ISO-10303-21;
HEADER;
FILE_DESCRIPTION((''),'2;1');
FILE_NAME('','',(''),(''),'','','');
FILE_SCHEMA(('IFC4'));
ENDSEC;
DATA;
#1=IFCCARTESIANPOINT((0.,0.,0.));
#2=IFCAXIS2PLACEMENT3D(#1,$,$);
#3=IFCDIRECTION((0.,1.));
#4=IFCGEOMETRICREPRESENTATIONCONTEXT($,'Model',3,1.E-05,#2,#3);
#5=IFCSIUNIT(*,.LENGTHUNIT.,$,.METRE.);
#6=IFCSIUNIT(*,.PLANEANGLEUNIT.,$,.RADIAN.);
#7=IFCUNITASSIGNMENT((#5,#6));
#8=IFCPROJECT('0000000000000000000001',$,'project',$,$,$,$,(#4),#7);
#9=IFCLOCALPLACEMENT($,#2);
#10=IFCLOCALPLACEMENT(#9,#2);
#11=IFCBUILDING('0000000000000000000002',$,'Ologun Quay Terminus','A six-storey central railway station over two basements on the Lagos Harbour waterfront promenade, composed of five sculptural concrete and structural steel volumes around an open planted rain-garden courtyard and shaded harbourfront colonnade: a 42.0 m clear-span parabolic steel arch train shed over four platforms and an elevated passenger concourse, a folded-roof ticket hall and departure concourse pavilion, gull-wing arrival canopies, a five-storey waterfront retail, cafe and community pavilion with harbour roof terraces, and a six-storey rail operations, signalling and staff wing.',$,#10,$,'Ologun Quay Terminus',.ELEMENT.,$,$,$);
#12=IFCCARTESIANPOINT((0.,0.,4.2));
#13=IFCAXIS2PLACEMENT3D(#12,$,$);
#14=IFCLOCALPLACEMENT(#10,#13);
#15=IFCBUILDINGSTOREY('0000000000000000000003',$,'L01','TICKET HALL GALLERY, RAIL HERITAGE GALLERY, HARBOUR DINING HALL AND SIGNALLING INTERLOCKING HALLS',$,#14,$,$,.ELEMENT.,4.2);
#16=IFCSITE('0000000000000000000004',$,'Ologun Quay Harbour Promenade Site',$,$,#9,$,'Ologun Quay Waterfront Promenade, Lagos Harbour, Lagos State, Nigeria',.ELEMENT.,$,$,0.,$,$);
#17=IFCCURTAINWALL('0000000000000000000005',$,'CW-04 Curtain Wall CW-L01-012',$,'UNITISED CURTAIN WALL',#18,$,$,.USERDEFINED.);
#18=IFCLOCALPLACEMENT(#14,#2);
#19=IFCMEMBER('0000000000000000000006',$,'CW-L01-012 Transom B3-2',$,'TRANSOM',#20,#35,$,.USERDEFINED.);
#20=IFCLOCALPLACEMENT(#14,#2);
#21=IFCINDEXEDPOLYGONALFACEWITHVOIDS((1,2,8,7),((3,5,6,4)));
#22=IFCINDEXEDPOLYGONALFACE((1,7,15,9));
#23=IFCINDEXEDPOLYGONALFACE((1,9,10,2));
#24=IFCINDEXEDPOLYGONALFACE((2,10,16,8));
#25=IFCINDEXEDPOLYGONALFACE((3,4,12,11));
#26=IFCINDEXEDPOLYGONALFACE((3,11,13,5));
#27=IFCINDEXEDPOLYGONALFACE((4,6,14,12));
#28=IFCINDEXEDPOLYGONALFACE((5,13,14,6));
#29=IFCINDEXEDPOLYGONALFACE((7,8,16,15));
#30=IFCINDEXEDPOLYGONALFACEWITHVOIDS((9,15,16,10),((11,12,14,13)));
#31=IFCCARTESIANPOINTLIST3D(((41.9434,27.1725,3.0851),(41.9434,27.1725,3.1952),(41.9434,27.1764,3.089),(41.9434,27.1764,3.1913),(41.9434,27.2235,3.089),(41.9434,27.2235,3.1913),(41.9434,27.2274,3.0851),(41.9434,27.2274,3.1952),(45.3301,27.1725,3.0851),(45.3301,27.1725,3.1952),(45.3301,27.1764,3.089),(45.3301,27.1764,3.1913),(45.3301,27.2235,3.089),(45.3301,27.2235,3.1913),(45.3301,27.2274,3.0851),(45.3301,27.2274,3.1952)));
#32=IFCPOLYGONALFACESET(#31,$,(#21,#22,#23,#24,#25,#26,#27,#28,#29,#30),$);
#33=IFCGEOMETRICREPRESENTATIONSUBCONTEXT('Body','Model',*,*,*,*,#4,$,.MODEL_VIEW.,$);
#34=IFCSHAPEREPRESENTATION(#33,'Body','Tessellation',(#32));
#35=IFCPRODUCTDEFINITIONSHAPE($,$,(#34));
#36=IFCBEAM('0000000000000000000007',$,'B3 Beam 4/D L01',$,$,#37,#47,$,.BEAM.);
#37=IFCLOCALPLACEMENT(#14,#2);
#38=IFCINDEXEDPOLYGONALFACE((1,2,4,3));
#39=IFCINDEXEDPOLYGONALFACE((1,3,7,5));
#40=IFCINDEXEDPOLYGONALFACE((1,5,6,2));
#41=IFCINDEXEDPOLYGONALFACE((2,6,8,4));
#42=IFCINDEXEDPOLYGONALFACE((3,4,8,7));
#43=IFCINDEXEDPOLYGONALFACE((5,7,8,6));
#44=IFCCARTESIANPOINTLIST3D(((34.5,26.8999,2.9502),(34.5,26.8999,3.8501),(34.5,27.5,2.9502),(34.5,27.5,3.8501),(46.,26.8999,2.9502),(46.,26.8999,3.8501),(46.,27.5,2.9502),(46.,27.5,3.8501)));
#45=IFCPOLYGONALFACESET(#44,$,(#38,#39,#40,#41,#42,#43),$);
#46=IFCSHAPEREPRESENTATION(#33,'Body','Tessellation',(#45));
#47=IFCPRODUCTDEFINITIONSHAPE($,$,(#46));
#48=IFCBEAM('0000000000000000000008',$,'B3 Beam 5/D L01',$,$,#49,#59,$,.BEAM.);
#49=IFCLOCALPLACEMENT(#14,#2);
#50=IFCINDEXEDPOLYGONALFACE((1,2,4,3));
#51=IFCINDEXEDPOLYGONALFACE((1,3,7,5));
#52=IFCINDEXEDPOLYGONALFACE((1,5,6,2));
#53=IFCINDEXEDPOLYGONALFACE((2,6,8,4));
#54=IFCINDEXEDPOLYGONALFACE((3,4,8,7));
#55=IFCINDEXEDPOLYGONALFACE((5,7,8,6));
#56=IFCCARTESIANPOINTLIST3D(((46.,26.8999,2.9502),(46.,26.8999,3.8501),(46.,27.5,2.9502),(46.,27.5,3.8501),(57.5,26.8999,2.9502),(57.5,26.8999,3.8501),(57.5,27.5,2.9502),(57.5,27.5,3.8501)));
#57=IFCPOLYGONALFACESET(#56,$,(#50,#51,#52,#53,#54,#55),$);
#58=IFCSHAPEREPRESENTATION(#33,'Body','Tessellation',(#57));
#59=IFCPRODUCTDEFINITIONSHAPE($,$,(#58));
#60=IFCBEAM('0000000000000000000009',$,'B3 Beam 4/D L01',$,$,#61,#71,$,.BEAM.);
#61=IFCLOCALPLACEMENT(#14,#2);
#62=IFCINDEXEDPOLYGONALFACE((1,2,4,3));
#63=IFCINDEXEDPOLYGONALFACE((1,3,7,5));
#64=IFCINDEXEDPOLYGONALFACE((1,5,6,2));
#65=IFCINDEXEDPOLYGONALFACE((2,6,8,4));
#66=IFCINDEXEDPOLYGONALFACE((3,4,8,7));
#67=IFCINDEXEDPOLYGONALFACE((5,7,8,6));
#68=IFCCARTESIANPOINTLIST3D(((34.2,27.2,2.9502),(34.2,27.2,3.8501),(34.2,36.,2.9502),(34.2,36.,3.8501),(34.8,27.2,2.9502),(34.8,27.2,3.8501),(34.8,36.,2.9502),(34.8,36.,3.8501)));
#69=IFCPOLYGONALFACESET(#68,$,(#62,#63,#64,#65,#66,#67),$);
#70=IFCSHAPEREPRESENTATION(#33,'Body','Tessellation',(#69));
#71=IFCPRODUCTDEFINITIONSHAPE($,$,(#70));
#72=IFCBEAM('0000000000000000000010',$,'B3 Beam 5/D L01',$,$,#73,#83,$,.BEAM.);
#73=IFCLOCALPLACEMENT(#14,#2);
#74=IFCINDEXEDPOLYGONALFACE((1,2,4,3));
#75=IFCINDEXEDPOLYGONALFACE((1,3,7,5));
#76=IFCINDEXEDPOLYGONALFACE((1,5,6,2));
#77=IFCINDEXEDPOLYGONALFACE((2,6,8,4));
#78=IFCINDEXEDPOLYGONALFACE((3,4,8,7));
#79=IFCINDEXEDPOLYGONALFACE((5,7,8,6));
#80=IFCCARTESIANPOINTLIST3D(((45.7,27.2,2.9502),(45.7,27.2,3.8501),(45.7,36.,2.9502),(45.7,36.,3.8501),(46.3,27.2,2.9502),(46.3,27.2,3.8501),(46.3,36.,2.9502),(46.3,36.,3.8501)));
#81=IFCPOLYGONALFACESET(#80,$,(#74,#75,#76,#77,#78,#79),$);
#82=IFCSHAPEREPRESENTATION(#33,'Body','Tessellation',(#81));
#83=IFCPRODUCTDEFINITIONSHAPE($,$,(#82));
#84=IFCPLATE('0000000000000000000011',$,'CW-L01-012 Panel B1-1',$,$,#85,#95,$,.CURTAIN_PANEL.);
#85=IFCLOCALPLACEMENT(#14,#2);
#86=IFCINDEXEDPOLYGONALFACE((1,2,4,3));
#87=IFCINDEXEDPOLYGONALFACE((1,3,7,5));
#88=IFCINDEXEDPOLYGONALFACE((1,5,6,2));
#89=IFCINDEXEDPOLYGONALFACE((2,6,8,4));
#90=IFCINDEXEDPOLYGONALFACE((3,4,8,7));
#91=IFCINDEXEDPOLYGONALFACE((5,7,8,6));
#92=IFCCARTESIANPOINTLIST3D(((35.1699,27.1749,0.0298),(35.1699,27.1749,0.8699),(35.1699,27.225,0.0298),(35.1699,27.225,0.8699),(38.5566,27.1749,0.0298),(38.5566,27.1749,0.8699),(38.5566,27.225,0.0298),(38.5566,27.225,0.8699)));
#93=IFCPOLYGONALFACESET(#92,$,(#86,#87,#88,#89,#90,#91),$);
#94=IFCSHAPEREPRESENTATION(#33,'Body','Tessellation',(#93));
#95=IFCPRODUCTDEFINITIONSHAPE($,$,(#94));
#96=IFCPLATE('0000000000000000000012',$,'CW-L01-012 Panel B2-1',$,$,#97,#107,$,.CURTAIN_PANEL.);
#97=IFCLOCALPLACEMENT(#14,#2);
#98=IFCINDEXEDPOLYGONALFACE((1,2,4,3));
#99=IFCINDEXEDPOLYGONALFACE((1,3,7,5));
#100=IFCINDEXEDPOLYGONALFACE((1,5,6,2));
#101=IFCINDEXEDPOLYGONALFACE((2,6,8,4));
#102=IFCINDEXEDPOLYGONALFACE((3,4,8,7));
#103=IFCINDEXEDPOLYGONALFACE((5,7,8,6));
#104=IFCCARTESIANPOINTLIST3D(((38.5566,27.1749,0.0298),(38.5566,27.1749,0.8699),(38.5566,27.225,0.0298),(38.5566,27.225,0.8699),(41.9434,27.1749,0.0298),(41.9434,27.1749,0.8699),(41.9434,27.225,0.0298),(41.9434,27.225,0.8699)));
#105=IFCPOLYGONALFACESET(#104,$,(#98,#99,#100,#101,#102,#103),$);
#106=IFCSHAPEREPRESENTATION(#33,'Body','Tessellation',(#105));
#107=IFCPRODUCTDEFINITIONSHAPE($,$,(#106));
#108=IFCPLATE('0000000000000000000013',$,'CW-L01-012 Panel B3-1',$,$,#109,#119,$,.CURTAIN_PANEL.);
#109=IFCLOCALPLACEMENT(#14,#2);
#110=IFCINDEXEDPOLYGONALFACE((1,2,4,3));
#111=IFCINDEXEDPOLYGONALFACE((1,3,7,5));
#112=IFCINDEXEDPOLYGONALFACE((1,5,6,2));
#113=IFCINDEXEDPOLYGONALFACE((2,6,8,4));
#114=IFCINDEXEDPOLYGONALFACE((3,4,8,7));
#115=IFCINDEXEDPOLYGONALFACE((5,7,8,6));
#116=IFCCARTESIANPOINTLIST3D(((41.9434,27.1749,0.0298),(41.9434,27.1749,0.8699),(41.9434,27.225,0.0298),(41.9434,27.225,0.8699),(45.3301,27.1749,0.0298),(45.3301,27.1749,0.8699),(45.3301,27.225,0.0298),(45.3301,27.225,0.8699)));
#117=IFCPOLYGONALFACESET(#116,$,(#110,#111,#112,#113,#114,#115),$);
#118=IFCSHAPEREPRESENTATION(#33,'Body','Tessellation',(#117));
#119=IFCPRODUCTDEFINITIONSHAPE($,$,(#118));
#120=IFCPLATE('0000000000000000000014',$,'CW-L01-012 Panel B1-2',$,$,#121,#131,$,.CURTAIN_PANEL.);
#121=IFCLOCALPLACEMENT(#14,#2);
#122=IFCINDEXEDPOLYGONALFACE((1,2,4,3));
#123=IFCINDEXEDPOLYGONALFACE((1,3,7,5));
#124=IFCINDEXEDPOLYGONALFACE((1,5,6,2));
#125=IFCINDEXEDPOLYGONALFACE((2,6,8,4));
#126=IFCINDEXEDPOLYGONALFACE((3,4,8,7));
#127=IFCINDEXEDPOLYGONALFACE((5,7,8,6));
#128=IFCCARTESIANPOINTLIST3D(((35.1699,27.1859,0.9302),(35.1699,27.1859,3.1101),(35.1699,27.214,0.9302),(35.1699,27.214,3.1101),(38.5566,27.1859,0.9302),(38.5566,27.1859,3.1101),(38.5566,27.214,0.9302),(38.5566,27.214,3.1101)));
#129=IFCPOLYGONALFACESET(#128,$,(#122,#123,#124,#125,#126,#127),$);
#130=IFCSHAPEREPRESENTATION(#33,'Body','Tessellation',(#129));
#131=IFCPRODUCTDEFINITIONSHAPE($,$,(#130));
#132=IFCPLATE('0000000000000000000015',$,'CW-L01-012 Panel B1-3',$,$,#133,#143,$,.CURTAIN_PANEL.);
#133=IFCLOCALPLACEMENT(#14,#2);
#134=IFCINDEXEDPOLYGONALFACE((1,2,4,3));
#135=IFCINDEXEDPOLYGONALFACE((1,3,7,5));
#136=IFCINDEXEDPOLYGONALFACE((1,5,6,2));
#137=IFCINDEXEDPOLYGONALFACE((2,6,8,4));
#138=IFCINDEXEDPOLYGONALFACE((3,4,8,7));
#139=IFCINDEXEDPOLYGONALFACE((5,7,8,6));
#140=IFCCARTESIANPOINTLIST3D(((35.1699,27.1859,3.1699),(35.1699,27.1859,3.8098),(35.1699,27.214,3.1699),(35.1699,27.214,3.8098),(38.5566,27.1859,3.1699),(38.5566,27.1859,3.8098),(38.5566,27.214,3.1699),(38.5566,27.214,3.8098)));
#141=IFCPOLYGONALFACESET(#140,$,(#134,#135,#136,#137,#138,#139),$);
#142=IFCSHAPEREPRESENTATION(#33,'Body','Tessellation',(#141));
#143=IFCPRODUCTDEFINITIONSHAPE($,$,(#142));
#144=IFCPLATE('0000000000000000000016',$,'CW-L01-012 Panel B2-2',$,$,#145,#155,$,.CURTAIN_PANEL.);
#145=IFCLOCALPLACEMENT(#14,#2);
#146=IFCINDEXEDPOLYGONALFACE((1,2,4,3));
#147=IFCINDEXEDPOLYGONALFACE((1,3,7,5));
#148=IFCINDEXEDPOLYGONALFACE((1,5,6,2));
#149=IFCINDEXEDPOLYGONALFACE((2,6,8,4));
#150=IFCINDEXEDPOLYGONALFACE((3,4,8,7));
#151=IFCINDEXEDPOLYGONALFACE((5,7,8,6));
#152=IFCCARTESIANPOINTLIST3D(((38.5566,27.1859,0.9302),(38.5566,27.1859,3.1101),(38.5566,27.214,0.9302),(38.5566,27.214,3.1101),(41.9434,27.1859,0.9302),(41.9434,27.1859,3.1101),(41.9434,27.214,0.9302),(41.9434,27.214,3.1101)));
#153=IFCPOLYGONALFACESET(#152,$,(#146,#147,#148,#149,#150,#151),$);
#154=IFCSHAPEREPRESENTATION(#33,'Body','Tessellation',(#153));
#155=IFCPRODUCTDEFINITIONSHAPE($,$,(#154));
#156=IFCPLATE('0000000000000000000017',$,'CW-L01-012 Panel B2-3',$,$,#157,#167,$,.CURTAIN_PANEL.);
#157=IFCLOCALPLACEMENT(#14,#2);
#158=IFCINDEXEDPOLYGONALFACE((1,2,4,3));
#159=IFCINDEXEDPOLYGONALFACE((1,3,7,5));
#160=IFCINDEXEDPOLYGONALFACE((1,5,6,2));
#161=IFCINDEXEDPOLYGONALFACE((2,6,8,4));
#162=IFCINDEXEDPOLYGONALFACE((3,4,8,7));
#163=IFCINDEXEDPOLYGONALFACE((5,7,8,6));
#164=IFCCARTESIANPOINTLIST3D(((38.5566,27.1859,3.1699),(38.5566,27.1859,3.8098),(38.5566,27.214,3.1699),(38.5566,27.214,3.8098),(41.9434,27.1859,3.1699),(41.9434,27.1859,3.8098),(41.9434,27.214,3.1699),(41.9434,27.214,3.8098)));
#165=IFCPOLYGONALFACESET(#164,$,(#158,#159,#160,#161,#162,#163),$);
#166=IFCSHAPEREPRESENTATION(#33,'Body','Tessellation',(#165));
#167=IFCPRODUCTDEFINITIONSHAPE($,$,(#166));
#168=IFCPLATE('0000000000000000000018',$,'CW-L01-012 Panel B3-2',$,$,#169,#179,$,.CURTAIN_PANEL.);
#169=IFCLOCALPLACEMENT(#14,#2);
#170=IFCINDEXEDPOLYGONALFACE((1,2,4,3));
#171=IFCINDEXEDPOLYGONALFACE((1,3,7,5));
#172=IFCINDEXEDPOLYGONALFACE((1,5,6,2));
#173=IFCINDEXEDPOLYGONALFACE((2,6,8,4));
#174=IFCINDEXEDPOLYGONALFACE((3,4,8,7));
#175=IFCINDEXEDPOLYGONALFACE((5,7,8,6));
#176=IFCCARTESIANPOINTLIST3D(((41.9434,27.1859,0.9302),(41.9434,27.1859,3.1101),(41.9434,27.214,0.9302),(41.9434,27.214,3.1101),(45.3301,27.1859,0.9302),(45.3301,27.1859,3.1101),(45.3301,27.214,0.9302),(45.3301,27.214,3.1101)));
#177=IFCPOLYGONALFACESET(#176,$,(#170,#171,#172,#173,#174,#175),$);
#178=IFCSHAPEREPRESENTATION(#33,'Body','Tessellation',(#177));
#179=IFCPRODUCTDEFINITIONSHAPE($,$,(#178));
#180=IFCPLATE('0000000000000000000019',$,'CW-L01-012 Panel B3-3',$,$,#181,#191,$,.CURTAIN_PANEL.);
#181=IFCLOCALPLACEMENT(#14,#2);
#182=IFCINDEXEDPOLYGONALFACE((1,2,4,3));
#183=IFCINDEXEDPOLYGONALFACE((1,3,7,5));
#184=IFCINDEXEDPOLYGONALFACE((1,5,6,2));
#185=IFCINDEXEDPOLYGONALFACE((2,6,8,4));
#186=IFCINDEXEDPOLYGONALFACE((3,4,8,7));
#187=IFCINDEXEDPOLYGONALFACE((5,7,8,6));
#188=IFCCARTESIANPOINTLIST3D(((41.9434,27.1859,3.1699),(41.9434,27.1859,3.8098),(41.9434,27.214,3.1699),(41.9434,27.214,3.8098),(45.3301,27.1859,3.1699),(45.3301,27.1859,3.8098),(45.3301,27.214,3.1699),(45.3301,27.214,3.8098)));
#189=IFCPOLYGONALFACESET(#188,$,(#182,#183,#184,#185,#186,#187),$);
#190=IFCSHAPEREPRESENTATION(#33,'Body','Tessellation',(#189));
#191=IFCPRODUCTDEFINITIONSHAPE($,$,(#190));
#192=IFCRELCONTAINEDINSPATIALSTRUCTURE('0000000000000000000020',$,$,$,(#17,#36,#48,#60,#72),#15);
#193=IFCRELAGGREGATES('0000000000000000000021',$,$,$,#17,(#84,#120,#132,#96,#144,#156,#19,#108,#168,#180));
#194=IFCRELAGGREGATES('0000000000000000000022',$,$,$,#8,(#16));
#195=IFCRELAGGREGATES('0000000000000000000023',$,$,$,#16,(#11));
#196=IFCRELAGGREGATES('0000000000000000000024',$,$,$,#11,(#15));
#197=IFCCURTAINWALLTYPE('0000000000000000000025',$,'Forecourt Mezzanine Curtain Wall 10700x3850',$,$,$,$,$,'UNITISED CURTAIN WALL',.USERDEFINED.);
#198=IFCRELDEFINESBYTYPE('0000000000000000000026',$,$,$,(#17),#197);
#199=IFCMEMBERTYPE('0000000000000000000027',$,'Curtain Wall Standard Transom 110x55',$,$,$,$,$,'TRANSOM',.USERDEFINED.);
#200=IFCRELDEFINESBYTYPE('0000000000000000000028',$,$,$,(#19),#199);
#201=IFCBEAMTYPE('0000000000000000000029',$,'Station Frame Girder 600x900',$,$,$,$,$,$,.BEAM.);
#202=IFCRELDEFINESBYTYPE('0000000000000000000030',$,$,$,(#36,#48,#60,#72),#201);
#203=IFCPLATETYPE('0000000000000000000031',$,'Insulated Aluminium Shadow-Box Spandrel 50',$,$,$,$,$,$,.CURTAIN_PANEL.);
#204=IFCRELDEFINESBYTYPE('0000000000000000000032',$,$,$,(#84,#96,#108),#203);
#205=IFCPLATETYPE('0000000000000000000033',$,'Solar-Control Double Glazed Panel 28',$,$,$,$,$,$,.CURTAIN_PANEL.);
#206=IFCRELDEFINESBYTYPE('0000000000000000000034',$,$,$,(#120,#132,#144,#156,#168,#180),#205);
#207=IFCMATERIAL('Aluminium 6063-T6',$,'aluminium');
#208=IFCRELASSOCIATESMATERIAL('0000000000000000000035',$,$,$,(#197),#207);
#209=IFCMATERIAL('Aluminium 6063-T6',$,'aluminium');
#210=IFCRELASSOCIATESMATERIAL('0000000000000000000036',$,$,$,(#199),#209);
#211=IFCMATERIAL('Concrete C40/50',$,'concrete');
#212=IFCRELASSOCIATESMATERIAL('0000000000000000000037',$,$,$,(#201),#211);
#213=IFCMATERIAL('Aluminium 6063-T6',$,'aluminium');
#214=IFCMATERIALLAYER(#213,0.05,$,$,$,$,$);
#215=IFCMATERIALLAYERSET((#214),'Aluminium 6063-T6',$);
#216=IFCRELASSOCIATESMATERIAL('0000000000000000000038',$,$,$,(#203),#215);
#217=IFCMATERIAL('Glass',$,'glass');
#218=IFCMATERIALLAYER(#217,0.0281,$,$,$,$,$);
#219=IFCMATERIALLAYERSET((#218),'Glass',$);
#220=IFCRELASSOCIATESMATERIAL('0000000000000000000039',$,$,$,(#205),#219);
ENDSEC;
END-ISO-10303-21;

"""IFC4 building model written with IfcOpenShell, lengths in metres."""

from ifc_helpers import new_model, si_unit, direction, frame, origin, origin_2d, place, context, subcontext, project, spatial, rectangle, hollow_rectangle, extrude, material, layer, layer_set, material_profile, profile_set, type_object, element, aggregate, save


model = new_model("IFC4")

# Units and contexts
model_context = context("Model", 3, precision=1e-05, world=origin(), true_north=direction((0.0, 1.0)))
body_context = subcontext(model_context, "Body", "Model", "MODEL_VIEW")
ifc_project = project(units=[si_unit("LENGTHUNIT", "METRE"), si_unit("PLANEANGLEUNIT", "RADIAN")], contexts=[model_context])

# Site, building, storey
site_placement = place(None, origin())
site = spatial("IfcSite", under=ifc_project, at=site_placement, Name="Ologun Quay Harbour Promenade Site", LongName="Ologun Quay Waterfront Promenade, Lagos Harbour, Lagos State, Nigeria", CompositionType="ELEMENT", RefElevation=0.0)
building_placement = place(site_placement, origin())
building = spatial("IfcBuilding", under=site, at=building_placement, Name="Ologun Quay Terminus", Description="A six-storey central railway station over two basements on the Lagos Harbour waterfront promenade, composed of five sculptural concrete and structural steel volumes around an open planted rain-garden courtyard and shaded harbourfront colonnade: a 42.0 m clear-span parabolic steel arch train shed over four platforms and an elevated passenger concourse, a folded-roof ticket hall and departure concourse pavilion, gull-wing arrival canopies, a five-storey waterfront retail, cafe and community pavilion with harbour roof terraces, and a six-storey rail operations, signalling and staff wing.", LongName="Ologun Quay Terminus", CompositionType="ELEMENT")
storey_placement = place(building_placement, frame((0.0, 0.0, 4.2)))
storey = spatial("IfcBuildingStorey", under=building, at=storey_placement, Name="L01", Description="TICKET HALL GALLERY, RAIL HERITAGE GALLERY, HARBOUR DINING HALL AND SIGNALLING INTERLOCKING HALLS", CompositionType="ELEMENT", Elevation=4.2)

# Curtain wall, member
ifc_material_1 = material(Name="Aluminium 6063-T6", Category="aluminium")
curtain_wall_type = type_object("IfcCurtainWallType", Name="Forecourt Mezzanine Curtain Wall 10700x3850", ElementType="UNITISED CURTAIN WALL", PredefinedType="USERDEFINED", material=ifc_material_1)
curtain_wall_placement = place(storey_placement, origin())
curtain_wall = element("IfcCurtainWall", 1, at=curtain_wall_placement, inside=storey, type_object=curtain_wall_type, Name="CW-04 Curtain Wall CW-L01-012", ObjectType="UNITISED CURTAIN WALL", PredefinedType="USERDEFINED")
ifc_material_2 = material(Name="Aluminium 6063-T6", Category="aluminium")
ifc_material_profile_1 = material_profile(ifc_material_2, hollow_rectangle(XDim=0.0549, YDim=0.1101, WallThickness=0.0039, at=origin_2d()), Name="ALU 110x55x4")
ifc_profile_set_1 = profile_set([ifc_material_profile_1], Name="Aluminium 6063-T6")
member_type_1 = type_object("IfcMemberType", Name="Curtain Wall Standard Transom 110x55", ElementType="TRANSOM", PredefinedType="USERDEFINED", material=ifc_profile_set_1)
member_1_placement = place(storey_placement, frame((41.9434, 27.2, 3.1401), z_axis=(1.0, 0.0, 0.0), x_axis=(0.0, 1.0, 0.0)))
member_1 = element("IfcMember", 2, at=member_1_placement, type_object=member_type_1, Name="CW-L01-012 Transom B3-2", ObjectType="TRANSOM", PredefinedType="USERDEFINED", context=body_context, shape_type="SweptSolid", body=[
    extrude(hollow_rectangle(XDim=0.0549, YDim=0.1101, WallThickness=0.0039, at=origin_2d()), origin(), (0.0, 0.0, 1.0), 3.3867),
])

# Beams
ifc_material_3 = material(Name="Concrete C40/50", Category="concrete")
ifc_material_profile_2 = material_profile(ifc_material_3, rectangle(XDim=0.6001, YDim=0.8999, at=origin_2d()), Name="RC 600x900")
ifc_profile_set_2 = profile_set([ifc_material_profile_2], Name="Concrete C40/50")
beam_type = type_object("IfcBeamType", Name="Station Frame Girder 600x900", PredefinedType="BEAM", material=ifc_profile_set_2)
for number, where, z_axis, x_axis, name in (
    (3, (34.5, 27.2, 3.4001), (1.0, 0.0, 0.0), (0.0, 1.0, 0.0), "B3 Beam 4/D L01"),
    (4, (46.0, 27.2, 3.4001), (1.0, 0.0, 0.0), (0.0, 1.0, 0.0), "B3 Beam 5/D L01"),
):
    element("IfcBeam", number, at=place(storey_placement, frame(where, z_axis=z_axis, x_axis=x_axis)), inside=storey, type_object=beam_type, Name=name, PredefinedType="BEAM", context=body_context, shape_type="SweptSolid", body=[
        extrude(rectangle(XDim=0.6001, YDim=0.8999, at=origin_2d()), origin(), (0.0, 0.0, 1.0), 11.5),
    ])
for number, where, z_axis, x_axis, name in (
    (5, (34.5, 27.2, 3.4001), (0.0, 1.0, 0.0), (-1.0, 0.0, 0.0), "B3 Beam 4/D L01"),
    (6, (46.0, 27.2, 3.4001), (0.0, 1.0, 0.0), (-1.0, 0.0, 0.0), "B3 Beam 5/D L01"),
):
    element("IfcBeam", number, at=place(storey_placement, frame(where, z_axis=z_axis, x_axis=x_axis)), inside=storey, type_object=beam_type, Name=name, PredefinedType="BEAM", context=body_context, shape_type="SweptSolid", body=[
        extrude(rectangle(XDim=0.6001, YDim=0.8999, at=origin_2d()), origin(), (0.0, 0.0, 1.0), 8.8),
    ])

# Plates
ifc_material_4 = material(Name="Aluminium 6063-T6", Category="aluminium")
ifc_layer_1 = layer(ifc_material_4, 0.05)
ifc_layer_set_1 = layer_set([ifc_layer_1], Name="Aluminium 6063-T6")
plate_type_1 = type_object("IfcPlateType", Name="Insulated Aluminium Shadow-Box Spandrel 50", PredefinedType="CURTAIN_PANEL", material=ifc_layer_set_1)
plate_1_placement = place(storey_placement, frame((36.8633, 27.2, 0.0298), z_axis=(0.0, 0.0, 1.0), x_axis=(1.0, 0.0, 0.0)))
plate_1 = element("IfcPlate", 7, at=plate_1_placement, type_object=plate_type_1, Name="CW-L01-012 Panel B1-1", PredefinedType="CURTAIN_PANEL", context=body_context, shape_type="SweptSolid", body=[
    extrude(rectangle(XDim=3.3867, YDim=0.05, at=origin_2d()), origin(), (0.0, 0.0, 1.0), 0.8401),
])
plate_2_placement = place(storey_placement, frame((40.25, 27.2, 0.0298), z_axis=(0.0, 0.0, 1.0), x_axis=(1.0, 0.0, 0.0)))
plate_2 = element("IfcPlate", 8, at=plate_2_placement, type_object=plate_type_1, Name="CW-L01-012 Panel B2-1", PredefinedType="CURTAIN_PANEL", context=body_context, shape_type="SweptSolid", body=[
    extrude(rectangle(XDim=3.3867, YDim=0.05, at=origin_2d()), origin(), (0.0, 0.0, 1.0), 0.8401),
])
plate_3_placement = place(storey_placement, frame((43.6367, 27.2, 0.0298), z_axis=(0.0, 0.0, 1.0), x_axis=(1.0, 0.0, 0.0)))
plate_3 = element("IfcPlate", 9, at=plate_3_placement, type_object=plate_type_1, Name="CW-L01-012 Panel B3-1", PredefinedType="CURTAIN_PANEL", context=body_context, shape_type="SweptSolid", body=[
    extrude(rectangle(XDim=3.3867, YDim=0.05, at=origin_2d()), origin(), (0.0, 0.0, 1.0), 0.8401),
])
ifc_material_5 = material(Name="Glass", Category="glass")
ifc_layer_2 = layer(ifc_material_5, 0.0281)
ifc_layer_set_2 = layer_set([ifc_layer_2], Name="Glass")
plate_type_2 = type_object("IfcPlateType", Name="Solar-Control Double Glazed Panel 28", PredefinedType="CURTAIN_PANEL", material=ifc_layer_set_2)
plate_4_placement = place(storey_placement, frame((36.8633, 27.2, 0.9302), z_axis=(0.0, 0.0, 1.0), x_axis=(1.0, 0.0, 0.0)))
plate_4 = element("IfcPlate", 10, at=plate_4_placement, type_object=plate_type_2, Name="CW-L01-012 Panel B1-2", PredefinedType="CURTAIN_PANEL", context=body_context, shape_type="SweptSolid", body=[
    extrude(rectangle(XDim=3.3867, YDim=0.0281, at=origin_2d()), origin(), (0.0, 0.0, 1.0), 2.1799),
])
plate_5_placement = place(storey_placement, frame((36.8633, 27.2, 3.1699), z_axis=(0.0, 0.0, 1.0), x_axis=(1.0, 0.0, 0.0)))
plate_5 = element("IfcPlate", 11, at=plate_5_placement, type_object=plate_type_2, Name="CW-L01-012 Panel B1-3", PredefinedType="CURTAIN_PANEL", context=body_context, shape_type="SweptSolid", body=[
    extrude(rectangle(XDim=3.3867, YDim=0.0281, at=origin_2d()), origin(), (0.0, 0.0, 1.0), 0.6399),
])
plate_6_placement = place(storey_placement, frame((40.25, 27.2, 0.9302), z_axis=(0.0, 0.0, 1.0), x_axis=(1.0, 0.0, 0.0)))
plate_6 = element("IfcPlate", 12, at=plate_6_placement, type_object=plate_type_2, Name="CW-L01-012 Panel B2-2", PredefinedType="CURTAIN_PANEL", context=body_context, shape_type="SweptSolid", body=[
    extrude(rectangle(XDim=3.3867, YDim=0.0281, at=origin_2d()), origin(), (0.0, 0.0, 1.0), 2.1799),
])
plate_7_placement = place(storey_placement, frame((40.25, 27.2, 3.1699), z_axis=(0.0, 0.0, 1.0), x_axis=(1.0, 0.0, 0.0)))
plate_7 = element("IfcPlate", 13, at=plate_7_placement, type_object=plate_type_2, Name="CW-L01-012 Panel B2-3", PredefinedType="CURTAIN_PANEL", context=body_context, shape_type="SweptSolid", body=[
    extrude(rectangle(XDim=3.3867, YDim=0.0281, at=origin_2d()), origin(), (0.0, 0.0, 1.0), 0.6399),
])
plate_8_placement = place(storey_placement, frame((43.6367, 27.2, 0.9302), z_axis=(0.0, 0.0, 1.0), x_axis=(1.0, 0.0, 0.0)))
plate_8 = element("IfcPlate", 14, at=plate_8_placement, type_object=plate_type_2, Name="CW-L01-012 Panel B3-2", PredefinedType="CURTAIN_PANEL", context=body_context, shape_type="SweptSolid", body=[
    extrude(rectangle(XDim=3.3867, YDim=0.0281, at=origin_2d()), origin(), (0.0, 0.0, 1.0), 2.1799),
])
plate_9_placement = place(storey_placement, frame((43.6367, 27.2, 3.1699), z_axis=(0.0, 0.0, 1.0), x_axis=(1.0, 0.0, 0.0)))
plate_9 = element("IfcPlate", 15, at=plate_9_placement, type_object=plate_type_2, Name="CW-L01-012 Panel B3-3", PredefinedType="CURTAIN_PANEL", context=body_context, shape_type="SweptSolid", body=[
    extrude(rectangle(XDim=3.3867, YDim=0.0281, at=origin_2d()), origin(), (0.0, 0.0, 1.0), 0.6399),
])
aggregate(curtain_wall, [plate_1, plate_4, plate_5, plate_2, plate_6, plate_7, member_1, plate_3, plate_8, plate_9])

save(model, "model.ifc")
